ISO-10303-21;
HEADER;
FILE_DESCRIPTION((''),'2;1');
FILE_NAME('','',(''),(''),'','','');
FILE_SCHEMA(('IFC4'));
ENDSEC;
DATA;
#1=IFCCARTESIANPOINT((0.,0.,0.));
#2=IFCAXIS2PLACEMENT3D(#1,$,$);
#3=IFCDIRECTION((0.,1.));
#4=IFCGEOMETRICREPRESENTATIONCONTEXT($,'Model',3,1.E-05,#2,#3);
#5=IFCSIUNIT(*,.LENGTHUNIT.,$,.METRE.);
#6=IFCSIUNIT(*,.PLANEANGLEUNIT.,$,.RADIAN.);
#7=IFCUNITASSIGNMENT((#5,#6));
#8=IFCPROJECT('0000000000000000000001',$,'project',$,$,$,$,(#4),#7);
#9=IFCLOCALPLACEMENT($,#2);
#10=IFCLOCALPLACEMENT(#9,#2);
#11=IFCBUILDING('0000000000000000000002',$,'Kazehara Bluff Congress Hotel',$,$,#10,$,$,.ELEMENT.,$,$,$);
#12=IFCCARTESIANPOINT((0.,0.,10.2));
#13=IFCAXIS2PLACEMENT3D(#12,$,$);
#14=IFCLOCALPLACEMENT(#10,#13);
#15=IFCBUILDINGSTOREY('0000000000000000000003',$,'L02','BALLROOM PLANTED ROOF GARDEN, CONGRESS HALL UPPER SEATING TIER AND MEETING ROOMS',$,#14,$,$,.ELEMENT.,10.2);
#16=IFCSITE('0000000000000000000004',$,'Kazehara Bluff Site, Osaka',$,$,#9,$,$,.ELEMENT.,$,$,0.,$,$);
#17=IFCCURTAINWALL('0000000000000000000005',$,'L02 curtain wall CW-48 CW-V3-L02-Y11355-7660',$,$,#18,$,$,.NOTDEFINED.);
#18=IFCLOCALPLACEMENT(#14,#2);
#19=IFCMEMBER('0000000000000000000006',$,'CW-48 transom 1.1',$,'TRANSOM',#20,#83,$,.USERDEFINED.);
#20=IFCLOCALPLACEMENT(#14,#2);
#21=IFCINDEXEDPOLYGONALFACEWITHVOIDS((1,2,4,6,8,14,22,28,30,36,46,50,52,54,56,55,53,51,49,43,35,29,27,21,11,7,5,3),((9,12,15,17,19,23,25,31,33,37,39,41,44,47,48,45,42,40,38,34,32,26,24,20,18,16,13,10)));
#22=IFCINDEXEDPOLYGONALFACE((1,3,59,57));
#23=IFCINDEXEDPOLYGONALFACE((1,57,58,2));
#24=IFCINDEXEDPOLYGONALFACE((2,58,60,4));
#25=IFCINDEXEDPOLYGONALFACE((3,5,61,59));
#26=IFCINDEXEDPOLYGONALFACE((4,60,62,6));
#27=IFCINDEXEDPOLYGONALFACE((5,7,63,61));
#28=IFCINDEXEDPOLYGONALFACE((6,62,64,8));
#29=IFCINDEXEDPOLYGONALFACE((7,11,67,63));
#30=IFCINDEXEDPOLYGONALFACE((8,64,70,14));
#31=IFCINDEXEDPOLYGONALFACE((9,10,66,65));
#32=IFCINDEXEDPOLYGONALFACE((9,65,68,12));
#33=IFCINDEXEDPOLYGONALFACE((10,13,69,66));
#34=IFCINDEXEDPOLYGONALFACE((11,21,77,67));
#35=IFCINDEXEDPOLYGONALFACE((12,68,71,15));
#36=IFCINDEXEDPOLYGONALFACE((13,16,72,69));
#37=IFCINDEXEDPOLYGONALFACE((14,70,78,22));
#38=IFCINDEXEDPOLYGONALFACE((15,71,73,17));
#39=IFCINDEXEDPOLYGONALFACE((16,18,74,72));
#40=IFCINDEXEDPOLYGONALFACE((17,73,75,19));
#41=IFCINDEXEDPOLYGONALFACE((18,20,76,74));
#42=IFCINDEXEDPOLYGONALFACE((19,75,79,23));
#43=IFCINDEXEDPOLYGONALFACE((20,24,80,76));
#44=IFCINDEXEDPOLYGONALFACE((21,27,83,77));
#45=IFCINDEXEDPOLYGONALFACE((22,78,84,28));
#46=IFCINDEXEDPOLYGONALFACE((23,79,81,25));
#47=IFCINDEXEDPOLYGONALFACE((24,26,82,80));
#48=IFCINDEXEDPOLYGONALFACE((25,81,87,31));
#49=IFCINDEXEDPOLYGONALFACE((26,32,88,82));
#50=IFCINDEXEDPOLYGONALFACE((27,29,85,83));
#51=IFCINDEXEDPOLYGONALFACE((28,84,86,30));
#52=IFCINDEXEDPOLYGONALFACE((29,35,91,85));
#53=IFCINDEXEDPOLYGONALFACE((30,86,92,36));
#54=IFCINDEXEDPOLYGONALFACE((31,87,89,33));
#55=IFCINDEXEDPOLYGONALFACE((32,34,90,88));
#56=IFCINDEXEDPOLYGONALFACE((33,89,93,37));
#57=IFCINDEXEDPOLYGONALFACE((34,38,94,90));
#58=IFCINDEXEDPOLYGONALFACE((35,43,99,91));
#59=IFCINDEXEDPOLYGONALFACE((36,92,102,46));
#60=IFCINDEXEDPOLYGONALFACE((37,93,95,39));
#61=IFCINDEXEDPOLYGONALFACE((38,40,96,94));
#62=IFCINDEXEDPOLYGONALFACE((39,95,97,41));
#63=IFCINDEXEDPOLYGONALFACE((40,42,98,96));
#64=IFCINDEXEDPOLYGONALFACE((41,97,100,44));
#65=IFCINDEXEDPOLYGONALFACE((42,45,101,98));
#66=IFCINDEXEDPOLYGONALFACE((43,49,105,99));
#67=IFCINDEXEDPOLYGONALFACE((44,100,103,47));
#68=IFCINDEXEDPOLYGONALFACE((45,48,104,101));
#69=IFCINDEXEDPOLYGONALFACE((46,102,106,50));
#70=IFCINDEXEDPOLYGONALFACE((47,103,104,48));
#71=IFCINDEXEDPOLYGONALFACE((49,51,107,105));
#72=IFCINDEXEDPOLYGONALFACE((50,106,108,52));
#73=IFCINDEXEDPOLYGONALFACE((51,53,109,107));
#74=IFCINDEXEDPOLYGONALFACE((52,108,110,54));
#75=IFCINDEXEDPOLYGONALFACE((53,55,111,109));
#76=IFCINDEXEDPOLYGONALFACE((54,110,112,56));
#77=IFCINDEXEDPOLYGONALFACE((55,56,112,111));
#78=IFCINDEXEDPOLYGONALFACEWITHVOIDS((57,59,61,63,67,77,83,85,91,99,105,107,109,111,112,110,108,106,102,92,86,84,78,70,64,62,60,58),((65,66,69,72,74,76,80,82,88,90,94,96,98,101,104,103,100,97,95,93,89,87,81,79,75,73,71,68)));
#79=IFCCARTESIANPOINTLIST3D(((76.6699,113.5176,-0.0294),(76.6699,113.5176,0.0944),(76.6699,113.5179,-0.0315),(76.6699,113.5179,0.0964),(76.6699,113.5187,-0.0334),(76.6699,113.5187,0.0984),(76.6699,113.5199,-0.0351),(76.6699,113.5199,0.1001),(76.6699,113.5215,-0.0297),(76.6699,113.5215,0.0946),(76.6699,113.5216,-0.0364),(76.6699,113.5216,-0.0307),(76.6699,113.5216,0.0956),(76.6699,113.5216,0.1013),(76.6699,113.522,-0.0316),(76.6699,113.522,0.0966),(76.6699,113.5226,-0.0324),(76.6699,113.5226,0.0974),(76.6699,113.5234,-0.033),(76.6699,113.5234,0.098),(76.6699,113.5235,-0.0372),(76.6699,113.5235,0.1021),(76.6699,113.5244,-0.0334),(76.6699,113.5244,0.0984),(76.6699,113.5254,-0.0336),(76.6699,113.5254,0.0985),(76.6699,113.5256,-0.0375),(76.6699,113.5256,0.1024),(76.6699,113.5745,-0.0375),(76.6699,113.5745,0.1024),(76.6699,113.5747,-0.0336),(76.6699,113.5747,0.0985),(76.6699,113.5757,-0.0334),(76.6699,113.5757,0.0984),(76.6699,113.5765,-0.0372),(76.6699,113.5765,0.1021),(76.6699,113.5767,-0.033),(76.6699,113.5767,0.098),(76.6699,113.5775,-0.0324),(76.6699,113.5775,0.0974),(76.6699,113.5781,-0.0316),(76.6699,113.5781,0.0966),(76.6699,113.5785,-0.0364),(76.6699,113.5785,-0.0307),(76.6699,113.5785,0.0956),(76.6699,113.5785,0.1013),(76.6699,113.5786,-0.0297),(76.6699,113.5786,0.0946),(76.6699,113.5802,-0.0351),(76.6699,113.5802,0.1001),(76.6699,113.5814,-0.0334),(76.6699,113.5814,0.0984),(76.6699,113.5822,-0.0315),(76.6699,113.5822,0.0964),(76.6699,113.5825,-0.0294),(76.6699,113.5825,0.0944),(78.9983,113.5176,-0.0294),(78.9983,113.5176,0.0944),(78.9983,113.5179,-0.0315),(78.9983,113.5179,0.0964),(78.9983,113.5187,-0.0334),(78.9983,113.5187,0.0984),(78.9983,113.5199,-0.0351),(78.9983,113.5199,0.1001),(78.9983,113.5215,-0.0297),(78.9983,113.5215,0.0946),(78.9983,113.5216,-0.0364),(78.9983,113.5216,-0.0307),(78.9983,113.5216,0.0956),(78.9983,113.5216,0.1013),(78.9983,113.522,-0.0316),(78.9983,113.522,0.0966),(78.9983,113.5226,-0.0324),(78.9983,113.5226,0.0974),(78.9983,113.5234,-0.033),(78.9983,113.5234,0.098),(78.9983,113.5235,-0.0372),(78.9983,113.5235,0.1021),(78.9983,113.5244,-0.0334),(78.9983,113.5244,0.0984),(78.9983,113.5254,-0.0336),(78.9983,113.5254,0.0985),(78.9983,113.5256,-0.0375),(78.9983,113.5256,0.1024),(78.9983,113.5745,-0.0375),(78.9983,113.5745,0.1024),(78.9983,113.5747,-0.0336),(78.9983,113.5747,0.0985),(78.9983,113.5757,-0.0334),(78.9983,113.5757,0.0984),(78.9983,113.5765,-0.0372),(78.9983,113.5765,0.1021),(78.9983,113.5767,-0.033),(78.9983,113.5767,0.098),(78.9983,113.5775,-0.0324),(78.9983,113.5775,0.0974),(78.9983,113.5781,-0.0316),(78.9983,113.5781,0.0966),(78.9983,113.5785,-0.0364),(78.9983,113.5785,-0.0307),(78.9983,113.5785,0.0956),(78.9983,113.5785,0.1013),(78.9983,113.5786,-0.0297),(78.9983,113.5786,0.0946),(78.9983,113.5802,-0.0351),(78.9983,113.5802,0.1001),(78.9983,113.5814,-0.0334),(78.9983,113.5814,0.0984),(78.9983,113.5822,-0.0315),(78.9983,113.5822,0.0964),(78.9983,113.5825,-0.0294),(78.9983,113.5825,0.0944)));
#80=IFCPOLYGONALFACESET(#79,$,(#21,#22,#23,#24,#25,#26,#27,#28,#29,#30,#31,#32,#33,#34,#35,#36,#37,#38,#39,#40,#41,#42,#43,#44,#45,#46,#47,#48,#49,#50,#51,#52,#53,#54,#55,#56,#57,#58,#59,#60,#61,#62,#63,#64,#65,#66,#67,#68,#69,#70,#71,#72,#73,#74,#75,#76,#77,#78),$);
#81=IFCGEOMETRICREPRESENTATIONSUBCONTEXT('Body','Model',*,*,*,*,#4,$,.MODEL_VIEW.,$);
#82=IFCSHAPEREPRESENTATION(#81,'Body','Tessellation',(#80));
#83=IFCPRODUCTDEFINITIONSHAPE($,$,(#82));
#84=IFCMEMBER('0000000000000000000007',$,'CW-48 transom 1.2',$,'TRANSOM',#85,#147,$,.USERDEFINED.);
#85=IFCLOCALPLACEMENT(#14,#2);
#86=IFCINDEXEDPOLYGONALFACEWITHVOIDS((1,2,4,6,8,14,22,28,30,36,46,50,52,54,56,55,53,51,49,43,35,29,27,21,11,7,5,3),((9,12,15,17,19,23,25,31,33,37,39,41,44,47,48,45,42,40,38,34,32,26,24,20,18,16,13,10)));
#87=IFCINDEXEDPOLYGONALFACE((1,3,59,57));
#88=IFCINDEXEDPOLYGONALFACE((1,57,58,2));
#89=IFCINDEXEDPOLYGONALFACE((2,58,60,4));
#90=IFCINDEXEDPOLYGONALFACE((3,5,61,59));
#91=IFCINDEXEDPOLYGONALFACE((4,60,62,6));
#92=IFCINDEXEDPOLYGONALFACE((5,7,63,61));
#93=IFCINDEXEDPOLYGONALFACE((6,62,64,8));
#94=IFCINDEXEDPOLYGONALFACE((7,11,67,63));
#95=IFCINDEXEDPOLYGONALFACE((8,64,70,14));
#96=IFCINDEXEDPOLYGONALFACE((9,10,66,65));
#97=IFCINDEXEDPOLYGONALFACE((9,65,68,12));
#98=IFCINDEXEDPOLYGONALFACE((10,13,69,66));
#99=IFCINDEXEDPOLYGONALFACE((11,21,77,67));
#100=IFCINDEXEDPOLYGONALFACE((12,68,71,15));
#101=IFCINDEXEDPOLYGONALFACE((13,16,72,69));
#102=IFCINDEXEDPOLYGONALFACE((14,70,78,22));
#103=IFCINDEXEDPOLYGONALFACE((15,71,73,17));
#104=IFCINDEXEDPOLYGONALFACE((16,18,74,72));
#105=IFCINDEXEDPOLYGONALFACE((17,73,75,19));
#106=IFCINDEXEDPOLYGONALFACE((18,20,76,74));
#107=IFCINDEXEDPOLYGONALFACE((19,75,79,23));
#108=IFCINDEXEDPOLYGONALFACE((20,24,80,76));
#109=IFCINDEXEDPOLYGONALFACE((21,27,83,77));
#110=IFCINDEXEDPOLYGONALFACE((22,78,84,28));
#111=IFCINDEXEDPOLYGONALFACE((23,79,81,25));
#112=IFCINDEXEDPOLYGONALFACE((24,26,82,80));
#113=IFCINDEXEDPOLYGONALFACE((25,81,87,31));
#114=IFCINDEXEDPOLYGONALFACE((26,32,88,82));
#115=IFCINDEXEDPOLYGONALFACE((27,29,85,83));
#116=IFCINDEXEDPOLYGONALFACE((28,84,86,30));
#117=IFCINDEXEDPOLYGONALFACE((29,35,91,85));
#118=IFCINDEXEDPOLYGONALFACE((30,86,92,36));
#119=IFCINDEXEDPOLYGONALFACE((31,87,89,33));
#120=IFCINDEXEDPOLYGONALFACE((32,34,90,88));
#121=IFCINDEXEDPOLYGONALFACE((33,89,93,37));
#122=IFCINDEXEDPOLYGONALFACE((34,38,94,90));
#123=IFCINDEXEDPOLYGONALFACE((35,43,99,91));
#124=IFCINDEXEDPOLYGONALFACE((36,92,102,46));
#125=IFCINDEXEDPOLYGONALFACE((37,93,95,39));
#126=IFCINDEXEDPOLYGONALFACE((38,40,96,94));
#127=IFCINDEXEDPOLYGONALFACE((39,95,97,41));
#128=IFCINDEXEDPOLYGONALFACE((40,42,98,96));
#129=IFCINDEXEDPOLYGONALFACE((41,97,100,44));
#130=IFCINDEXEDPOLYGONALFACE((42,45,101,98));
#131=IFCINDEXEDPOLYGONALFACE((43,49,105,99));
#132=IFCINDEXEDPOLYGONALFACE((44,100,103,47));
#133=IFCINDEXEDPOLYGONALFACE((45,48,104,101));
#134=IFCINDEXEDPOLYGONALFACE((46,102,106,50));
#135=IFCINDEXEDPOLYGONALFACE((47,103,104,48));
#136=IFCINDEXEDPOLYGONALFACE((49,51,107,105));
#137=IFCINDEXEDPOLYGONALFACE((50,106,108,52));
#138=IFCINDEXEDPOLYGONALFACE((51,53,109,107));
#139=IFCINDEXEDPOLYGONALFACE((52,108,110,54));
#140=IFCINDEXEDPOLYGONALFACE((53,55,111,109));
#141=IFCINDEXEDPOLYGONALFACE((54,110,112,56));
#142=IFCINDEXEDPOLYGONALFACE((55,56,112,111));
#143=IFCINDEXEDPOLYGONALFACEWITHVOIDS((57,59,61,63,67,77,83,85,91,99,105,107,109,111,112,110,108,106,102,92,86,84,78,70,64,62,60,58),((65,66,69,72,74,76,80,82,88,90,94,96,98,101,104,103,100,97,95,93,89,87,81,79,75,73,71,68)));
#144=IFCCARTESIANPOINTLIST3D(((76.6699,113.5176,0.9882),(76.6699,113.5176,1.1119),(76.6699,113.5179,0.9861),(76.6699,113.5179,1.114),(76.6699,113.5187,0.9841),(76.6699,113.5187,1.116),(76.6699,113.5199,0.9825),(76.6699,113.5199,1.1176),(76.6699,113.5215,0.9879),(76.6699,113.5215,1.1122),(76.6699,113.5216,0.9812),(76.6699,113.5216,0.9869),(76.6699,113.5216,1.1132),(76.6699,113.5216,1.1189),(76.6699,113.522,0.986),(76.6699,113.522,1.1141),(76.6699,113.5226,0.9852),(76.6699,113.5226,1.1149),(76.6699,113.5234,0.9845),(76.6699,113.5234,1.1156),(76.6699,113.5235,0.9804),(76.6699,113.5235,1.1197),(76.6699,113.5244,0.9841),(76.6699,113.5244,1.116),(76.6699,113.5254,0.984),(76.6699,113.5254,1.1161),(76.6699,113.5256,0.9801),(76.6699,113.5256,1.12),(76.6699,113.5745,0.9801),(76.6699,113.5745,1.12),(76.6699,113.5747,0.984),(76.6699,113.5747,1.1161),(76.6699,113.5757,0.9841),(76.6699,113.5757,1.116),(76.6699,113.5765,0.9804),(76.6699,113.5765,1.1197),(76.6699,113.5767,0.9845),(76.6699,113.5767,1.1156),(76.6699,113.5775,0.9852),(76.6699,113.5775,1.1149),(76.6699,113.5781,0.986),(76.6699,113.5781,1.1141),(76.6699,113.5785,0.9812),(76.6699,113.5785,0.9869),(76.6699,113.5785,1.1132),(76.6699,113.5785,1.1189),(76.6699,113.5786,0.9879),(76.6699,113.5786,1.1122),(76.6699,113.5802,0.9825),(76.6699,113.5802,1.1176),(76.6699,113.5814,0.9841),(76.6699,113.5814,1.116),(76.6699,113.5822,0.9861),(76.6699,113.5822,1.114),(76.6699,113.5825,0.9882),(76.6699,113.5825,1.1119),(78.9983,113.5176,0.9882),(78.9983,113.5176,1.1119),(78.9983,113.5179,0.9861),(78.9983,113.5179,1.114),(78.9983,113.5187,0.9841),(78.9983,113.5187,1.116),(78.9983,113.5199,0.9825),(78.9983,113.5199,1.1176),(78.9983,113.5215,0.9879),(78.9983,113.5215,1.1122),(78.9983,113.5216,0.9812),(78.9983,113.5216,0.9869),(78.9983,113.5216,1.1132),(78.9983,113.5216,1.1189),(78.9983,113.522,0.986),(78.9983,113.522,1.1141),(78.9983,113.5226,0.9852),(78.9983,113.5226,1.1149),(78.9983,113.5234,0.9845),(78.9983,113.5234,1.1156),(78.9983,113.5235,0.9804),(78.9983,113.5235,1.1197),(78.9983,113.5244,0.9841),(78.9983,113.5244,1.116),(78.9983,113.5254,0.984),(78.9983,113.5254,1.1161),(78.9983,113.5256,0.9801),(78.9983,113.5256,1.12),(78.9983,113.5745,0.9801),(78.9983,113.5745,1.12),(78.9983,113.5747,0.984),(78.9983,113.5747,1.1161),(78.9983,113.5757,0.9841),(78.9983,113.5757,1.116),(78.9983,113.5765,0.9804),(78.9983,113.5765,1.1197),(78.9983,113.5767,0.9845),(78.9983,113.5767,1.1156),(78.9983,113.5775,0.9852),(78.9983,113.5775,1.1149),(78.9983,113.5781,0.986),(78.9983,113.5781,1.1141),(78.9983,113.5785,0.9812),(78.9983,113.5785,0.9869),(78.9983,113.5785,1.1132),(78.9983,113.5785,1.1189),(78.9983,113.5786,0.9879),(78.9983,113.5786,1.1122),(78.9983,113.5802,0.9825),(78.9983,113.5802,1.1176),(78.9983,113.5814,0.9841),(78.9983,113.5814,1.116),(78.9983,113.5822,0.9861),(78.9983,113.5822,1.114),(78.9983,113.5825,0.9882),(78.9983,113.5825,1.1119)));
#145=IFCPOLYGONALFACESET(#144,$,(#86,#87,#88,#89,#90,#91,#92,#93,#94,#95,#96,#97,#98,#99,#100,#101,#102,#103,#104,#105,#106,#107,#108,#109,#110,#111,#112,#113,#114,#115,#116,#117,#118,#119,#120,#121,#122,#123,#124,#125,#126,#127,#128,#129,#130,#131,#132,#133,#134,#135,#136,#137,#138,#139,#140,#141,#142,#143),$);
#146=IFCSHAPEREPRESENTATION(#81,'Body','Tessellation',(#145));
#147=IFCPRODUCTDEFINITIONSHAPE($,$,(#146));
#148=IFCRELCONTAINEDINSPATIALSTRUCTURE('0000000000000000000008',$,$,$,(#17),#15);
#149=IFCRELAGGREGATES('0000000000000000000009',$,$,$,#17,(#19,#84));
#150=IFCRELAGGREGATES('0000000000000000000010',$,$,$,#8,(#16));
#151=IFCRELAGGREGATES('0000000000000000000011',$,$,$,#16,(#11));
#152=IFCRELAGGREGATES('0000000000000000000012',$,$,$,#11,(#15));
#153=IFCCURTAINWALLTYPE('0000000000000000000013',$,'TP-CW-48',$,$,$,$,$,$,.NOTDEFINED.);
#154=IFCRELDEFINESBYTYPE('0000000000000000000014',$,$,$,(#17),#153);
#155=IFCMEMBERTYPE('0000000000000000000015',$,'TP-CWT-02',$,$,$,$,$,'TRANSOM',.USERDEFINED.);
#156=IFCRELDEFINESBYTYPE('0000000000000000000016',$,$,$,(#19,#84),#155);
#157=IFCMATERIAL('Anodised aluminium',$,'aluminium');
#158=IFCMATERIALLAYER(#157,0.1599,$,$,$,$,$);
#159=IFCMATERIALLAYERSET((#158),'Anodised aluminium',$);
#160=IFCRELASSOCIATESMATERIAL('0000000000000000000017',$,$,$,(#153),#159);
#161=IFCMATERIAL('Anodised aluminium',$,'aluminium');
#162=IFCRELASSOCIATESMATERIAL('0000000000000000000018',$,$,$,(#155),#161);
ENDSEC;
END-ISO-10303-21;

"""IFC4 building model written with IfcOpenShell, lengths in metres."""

from ifc_helpers import new_model, si_unit, direction, frame, origin, origin_2d, place, context, subcontext, project, spatial, hollow_rectangle, extrude, material, layer, layer_set, material_profile, profile_set, type_object, element, aggregate, save


model = new_model("IFC4")

# Units and contexts
model_context = context("Model", 3, precision=1e-05, world=origin(), true_north=direction((0.0, 1.0)))
body_context = subcontext(model_context, "Body", "Model", "MODEL_VIEW")
ifc_project = project(units=[si_unit("LENGTHUNIT", "METRE"), si_unit("PLANEANGLEUNIT", "RADIAN")], contexts=[model_context])

# Site, building, storey
site_placement = place(None, origin())
site = spatial("IfcSite", under=ifc_project, at=site_placement, Name="Kazehara Bluff Site, Osaka", CompositionType="ELEMENT", RefElevation=0.0)
building_placement = place(site_placement, origin())
building = spatial("IfcBuilding", under=site, at=building_placement, Name="Kazehara Bluff Congress Hotel", CompositionType="ELEMENT")
storey_placement = place(building_placement, frame((0.0, 0.0, 10.2)))
storey = spatial("IfcBuildingStorey", under=building, at=storey_placement, Name="L02", Description="BALLROOM PLANTED ROOF GARDEN, CONGRESS HALL UPPER SEATING TIER AND MEETING ROOMS", CompositionType="ELEMENT", Elevation=10.2)

# Curtain wall, members
ifc_material_1 = material(Name="Anodised aluminium", Category="aluminium")
ifc_layer_1 = layer(ifc_material_1, 0.1599)
ifc_layer_set_1 = layer_set([ifc_layer_1], Name="Anodised aluminium")
curtain_wall_type = type_object("IfcCurtainWallType", Name="TP-CW-48", PredefinedType="NOTDEFINED", material=ifc_layer_set_1)
curtain_wall_placement = place(storey_placement, origin())
curtain_wall = element("IfcCurtainWall", 1, at=curtain_wall_placement, inside=storey, type_object=curtain_wall_type, Name="L02 curtain wall CW-48 CW-V3-L02-Y11355-7660", PredefinedType="NOTDEFINED")
ifc_material_2 = material(Name="Anodised aluminium", Category="aluminium")
ifc_material_profile_1 = material_profile(ifc_material_2, hollow_rectangle(XDim=0.0649, YDim=0.1399, WallThickness=0.0039, InnerFilletRadius=0.0039, OuterFilletRadius=0.0081, at=origin_2d()))
ifc_profile_set_1 = profile_set([ifc_material_profile_1], Name="Anodised aluminium")
member_type_1 = type_object("IfcMemberType", Name="TP-CWT-02", ElementType="TRANSOM", PredefinedType="USERDEFINED", material=ifc_profile_set_1)
member_1_placement = place(storey_placement, frame((76.6699, 113.55, 0.0325), z_axis=(1.0, 0.0, 0.0), x_axis=(0.0, 1.0, 0.0)))
member_1 = element("IfcMember", 2, at=member_1_placement, type_object=member_type_1, Name="CW-48 transom 1.1", ObjectType="TRANSOM", PredefinedType="USERDEFINED", context=body_context, shape_type="SweptSolid", body=[
    extrude(hollow_rectangle(XDim=0.0649, YDim=0.1399, WallThickness=0.0039, InnerFilletRadius=0.0039, OuterFilletRadius=0.0081, at=origin_2d()), origin(), (0.0, 0.0, 1.0), 2.3284),
])
member_2_placement = place(storey_placement, frame((76.6699, 113.55, 1.05), z_axis=(1.0, 0.0, 0.0), x_axis=(0.0, 1.0, 0.0)))
member_2 = element("IfcMember", 3, at=member_2_placement, type_object=member_type_1, Name="CW-48 transom 1.2", ObjectType="TRANSOM", PredefinedType="USERDEFINED", context=body_context, shape_type="SweptSolid", body=[
    extrude(hollow_rectangle(XDim=0.0649, YDim=0.1399, WallThickness=0.0039, InnerFilletRadius=0.0039, OuterFilletRadius=0.0081, at=origin_2d()), origin(), (0.0, 0.0, 1.0), 2.3284),
])
aggregate(curtain_wall, [member_1, member_2])

save(model, "model.ifc")
